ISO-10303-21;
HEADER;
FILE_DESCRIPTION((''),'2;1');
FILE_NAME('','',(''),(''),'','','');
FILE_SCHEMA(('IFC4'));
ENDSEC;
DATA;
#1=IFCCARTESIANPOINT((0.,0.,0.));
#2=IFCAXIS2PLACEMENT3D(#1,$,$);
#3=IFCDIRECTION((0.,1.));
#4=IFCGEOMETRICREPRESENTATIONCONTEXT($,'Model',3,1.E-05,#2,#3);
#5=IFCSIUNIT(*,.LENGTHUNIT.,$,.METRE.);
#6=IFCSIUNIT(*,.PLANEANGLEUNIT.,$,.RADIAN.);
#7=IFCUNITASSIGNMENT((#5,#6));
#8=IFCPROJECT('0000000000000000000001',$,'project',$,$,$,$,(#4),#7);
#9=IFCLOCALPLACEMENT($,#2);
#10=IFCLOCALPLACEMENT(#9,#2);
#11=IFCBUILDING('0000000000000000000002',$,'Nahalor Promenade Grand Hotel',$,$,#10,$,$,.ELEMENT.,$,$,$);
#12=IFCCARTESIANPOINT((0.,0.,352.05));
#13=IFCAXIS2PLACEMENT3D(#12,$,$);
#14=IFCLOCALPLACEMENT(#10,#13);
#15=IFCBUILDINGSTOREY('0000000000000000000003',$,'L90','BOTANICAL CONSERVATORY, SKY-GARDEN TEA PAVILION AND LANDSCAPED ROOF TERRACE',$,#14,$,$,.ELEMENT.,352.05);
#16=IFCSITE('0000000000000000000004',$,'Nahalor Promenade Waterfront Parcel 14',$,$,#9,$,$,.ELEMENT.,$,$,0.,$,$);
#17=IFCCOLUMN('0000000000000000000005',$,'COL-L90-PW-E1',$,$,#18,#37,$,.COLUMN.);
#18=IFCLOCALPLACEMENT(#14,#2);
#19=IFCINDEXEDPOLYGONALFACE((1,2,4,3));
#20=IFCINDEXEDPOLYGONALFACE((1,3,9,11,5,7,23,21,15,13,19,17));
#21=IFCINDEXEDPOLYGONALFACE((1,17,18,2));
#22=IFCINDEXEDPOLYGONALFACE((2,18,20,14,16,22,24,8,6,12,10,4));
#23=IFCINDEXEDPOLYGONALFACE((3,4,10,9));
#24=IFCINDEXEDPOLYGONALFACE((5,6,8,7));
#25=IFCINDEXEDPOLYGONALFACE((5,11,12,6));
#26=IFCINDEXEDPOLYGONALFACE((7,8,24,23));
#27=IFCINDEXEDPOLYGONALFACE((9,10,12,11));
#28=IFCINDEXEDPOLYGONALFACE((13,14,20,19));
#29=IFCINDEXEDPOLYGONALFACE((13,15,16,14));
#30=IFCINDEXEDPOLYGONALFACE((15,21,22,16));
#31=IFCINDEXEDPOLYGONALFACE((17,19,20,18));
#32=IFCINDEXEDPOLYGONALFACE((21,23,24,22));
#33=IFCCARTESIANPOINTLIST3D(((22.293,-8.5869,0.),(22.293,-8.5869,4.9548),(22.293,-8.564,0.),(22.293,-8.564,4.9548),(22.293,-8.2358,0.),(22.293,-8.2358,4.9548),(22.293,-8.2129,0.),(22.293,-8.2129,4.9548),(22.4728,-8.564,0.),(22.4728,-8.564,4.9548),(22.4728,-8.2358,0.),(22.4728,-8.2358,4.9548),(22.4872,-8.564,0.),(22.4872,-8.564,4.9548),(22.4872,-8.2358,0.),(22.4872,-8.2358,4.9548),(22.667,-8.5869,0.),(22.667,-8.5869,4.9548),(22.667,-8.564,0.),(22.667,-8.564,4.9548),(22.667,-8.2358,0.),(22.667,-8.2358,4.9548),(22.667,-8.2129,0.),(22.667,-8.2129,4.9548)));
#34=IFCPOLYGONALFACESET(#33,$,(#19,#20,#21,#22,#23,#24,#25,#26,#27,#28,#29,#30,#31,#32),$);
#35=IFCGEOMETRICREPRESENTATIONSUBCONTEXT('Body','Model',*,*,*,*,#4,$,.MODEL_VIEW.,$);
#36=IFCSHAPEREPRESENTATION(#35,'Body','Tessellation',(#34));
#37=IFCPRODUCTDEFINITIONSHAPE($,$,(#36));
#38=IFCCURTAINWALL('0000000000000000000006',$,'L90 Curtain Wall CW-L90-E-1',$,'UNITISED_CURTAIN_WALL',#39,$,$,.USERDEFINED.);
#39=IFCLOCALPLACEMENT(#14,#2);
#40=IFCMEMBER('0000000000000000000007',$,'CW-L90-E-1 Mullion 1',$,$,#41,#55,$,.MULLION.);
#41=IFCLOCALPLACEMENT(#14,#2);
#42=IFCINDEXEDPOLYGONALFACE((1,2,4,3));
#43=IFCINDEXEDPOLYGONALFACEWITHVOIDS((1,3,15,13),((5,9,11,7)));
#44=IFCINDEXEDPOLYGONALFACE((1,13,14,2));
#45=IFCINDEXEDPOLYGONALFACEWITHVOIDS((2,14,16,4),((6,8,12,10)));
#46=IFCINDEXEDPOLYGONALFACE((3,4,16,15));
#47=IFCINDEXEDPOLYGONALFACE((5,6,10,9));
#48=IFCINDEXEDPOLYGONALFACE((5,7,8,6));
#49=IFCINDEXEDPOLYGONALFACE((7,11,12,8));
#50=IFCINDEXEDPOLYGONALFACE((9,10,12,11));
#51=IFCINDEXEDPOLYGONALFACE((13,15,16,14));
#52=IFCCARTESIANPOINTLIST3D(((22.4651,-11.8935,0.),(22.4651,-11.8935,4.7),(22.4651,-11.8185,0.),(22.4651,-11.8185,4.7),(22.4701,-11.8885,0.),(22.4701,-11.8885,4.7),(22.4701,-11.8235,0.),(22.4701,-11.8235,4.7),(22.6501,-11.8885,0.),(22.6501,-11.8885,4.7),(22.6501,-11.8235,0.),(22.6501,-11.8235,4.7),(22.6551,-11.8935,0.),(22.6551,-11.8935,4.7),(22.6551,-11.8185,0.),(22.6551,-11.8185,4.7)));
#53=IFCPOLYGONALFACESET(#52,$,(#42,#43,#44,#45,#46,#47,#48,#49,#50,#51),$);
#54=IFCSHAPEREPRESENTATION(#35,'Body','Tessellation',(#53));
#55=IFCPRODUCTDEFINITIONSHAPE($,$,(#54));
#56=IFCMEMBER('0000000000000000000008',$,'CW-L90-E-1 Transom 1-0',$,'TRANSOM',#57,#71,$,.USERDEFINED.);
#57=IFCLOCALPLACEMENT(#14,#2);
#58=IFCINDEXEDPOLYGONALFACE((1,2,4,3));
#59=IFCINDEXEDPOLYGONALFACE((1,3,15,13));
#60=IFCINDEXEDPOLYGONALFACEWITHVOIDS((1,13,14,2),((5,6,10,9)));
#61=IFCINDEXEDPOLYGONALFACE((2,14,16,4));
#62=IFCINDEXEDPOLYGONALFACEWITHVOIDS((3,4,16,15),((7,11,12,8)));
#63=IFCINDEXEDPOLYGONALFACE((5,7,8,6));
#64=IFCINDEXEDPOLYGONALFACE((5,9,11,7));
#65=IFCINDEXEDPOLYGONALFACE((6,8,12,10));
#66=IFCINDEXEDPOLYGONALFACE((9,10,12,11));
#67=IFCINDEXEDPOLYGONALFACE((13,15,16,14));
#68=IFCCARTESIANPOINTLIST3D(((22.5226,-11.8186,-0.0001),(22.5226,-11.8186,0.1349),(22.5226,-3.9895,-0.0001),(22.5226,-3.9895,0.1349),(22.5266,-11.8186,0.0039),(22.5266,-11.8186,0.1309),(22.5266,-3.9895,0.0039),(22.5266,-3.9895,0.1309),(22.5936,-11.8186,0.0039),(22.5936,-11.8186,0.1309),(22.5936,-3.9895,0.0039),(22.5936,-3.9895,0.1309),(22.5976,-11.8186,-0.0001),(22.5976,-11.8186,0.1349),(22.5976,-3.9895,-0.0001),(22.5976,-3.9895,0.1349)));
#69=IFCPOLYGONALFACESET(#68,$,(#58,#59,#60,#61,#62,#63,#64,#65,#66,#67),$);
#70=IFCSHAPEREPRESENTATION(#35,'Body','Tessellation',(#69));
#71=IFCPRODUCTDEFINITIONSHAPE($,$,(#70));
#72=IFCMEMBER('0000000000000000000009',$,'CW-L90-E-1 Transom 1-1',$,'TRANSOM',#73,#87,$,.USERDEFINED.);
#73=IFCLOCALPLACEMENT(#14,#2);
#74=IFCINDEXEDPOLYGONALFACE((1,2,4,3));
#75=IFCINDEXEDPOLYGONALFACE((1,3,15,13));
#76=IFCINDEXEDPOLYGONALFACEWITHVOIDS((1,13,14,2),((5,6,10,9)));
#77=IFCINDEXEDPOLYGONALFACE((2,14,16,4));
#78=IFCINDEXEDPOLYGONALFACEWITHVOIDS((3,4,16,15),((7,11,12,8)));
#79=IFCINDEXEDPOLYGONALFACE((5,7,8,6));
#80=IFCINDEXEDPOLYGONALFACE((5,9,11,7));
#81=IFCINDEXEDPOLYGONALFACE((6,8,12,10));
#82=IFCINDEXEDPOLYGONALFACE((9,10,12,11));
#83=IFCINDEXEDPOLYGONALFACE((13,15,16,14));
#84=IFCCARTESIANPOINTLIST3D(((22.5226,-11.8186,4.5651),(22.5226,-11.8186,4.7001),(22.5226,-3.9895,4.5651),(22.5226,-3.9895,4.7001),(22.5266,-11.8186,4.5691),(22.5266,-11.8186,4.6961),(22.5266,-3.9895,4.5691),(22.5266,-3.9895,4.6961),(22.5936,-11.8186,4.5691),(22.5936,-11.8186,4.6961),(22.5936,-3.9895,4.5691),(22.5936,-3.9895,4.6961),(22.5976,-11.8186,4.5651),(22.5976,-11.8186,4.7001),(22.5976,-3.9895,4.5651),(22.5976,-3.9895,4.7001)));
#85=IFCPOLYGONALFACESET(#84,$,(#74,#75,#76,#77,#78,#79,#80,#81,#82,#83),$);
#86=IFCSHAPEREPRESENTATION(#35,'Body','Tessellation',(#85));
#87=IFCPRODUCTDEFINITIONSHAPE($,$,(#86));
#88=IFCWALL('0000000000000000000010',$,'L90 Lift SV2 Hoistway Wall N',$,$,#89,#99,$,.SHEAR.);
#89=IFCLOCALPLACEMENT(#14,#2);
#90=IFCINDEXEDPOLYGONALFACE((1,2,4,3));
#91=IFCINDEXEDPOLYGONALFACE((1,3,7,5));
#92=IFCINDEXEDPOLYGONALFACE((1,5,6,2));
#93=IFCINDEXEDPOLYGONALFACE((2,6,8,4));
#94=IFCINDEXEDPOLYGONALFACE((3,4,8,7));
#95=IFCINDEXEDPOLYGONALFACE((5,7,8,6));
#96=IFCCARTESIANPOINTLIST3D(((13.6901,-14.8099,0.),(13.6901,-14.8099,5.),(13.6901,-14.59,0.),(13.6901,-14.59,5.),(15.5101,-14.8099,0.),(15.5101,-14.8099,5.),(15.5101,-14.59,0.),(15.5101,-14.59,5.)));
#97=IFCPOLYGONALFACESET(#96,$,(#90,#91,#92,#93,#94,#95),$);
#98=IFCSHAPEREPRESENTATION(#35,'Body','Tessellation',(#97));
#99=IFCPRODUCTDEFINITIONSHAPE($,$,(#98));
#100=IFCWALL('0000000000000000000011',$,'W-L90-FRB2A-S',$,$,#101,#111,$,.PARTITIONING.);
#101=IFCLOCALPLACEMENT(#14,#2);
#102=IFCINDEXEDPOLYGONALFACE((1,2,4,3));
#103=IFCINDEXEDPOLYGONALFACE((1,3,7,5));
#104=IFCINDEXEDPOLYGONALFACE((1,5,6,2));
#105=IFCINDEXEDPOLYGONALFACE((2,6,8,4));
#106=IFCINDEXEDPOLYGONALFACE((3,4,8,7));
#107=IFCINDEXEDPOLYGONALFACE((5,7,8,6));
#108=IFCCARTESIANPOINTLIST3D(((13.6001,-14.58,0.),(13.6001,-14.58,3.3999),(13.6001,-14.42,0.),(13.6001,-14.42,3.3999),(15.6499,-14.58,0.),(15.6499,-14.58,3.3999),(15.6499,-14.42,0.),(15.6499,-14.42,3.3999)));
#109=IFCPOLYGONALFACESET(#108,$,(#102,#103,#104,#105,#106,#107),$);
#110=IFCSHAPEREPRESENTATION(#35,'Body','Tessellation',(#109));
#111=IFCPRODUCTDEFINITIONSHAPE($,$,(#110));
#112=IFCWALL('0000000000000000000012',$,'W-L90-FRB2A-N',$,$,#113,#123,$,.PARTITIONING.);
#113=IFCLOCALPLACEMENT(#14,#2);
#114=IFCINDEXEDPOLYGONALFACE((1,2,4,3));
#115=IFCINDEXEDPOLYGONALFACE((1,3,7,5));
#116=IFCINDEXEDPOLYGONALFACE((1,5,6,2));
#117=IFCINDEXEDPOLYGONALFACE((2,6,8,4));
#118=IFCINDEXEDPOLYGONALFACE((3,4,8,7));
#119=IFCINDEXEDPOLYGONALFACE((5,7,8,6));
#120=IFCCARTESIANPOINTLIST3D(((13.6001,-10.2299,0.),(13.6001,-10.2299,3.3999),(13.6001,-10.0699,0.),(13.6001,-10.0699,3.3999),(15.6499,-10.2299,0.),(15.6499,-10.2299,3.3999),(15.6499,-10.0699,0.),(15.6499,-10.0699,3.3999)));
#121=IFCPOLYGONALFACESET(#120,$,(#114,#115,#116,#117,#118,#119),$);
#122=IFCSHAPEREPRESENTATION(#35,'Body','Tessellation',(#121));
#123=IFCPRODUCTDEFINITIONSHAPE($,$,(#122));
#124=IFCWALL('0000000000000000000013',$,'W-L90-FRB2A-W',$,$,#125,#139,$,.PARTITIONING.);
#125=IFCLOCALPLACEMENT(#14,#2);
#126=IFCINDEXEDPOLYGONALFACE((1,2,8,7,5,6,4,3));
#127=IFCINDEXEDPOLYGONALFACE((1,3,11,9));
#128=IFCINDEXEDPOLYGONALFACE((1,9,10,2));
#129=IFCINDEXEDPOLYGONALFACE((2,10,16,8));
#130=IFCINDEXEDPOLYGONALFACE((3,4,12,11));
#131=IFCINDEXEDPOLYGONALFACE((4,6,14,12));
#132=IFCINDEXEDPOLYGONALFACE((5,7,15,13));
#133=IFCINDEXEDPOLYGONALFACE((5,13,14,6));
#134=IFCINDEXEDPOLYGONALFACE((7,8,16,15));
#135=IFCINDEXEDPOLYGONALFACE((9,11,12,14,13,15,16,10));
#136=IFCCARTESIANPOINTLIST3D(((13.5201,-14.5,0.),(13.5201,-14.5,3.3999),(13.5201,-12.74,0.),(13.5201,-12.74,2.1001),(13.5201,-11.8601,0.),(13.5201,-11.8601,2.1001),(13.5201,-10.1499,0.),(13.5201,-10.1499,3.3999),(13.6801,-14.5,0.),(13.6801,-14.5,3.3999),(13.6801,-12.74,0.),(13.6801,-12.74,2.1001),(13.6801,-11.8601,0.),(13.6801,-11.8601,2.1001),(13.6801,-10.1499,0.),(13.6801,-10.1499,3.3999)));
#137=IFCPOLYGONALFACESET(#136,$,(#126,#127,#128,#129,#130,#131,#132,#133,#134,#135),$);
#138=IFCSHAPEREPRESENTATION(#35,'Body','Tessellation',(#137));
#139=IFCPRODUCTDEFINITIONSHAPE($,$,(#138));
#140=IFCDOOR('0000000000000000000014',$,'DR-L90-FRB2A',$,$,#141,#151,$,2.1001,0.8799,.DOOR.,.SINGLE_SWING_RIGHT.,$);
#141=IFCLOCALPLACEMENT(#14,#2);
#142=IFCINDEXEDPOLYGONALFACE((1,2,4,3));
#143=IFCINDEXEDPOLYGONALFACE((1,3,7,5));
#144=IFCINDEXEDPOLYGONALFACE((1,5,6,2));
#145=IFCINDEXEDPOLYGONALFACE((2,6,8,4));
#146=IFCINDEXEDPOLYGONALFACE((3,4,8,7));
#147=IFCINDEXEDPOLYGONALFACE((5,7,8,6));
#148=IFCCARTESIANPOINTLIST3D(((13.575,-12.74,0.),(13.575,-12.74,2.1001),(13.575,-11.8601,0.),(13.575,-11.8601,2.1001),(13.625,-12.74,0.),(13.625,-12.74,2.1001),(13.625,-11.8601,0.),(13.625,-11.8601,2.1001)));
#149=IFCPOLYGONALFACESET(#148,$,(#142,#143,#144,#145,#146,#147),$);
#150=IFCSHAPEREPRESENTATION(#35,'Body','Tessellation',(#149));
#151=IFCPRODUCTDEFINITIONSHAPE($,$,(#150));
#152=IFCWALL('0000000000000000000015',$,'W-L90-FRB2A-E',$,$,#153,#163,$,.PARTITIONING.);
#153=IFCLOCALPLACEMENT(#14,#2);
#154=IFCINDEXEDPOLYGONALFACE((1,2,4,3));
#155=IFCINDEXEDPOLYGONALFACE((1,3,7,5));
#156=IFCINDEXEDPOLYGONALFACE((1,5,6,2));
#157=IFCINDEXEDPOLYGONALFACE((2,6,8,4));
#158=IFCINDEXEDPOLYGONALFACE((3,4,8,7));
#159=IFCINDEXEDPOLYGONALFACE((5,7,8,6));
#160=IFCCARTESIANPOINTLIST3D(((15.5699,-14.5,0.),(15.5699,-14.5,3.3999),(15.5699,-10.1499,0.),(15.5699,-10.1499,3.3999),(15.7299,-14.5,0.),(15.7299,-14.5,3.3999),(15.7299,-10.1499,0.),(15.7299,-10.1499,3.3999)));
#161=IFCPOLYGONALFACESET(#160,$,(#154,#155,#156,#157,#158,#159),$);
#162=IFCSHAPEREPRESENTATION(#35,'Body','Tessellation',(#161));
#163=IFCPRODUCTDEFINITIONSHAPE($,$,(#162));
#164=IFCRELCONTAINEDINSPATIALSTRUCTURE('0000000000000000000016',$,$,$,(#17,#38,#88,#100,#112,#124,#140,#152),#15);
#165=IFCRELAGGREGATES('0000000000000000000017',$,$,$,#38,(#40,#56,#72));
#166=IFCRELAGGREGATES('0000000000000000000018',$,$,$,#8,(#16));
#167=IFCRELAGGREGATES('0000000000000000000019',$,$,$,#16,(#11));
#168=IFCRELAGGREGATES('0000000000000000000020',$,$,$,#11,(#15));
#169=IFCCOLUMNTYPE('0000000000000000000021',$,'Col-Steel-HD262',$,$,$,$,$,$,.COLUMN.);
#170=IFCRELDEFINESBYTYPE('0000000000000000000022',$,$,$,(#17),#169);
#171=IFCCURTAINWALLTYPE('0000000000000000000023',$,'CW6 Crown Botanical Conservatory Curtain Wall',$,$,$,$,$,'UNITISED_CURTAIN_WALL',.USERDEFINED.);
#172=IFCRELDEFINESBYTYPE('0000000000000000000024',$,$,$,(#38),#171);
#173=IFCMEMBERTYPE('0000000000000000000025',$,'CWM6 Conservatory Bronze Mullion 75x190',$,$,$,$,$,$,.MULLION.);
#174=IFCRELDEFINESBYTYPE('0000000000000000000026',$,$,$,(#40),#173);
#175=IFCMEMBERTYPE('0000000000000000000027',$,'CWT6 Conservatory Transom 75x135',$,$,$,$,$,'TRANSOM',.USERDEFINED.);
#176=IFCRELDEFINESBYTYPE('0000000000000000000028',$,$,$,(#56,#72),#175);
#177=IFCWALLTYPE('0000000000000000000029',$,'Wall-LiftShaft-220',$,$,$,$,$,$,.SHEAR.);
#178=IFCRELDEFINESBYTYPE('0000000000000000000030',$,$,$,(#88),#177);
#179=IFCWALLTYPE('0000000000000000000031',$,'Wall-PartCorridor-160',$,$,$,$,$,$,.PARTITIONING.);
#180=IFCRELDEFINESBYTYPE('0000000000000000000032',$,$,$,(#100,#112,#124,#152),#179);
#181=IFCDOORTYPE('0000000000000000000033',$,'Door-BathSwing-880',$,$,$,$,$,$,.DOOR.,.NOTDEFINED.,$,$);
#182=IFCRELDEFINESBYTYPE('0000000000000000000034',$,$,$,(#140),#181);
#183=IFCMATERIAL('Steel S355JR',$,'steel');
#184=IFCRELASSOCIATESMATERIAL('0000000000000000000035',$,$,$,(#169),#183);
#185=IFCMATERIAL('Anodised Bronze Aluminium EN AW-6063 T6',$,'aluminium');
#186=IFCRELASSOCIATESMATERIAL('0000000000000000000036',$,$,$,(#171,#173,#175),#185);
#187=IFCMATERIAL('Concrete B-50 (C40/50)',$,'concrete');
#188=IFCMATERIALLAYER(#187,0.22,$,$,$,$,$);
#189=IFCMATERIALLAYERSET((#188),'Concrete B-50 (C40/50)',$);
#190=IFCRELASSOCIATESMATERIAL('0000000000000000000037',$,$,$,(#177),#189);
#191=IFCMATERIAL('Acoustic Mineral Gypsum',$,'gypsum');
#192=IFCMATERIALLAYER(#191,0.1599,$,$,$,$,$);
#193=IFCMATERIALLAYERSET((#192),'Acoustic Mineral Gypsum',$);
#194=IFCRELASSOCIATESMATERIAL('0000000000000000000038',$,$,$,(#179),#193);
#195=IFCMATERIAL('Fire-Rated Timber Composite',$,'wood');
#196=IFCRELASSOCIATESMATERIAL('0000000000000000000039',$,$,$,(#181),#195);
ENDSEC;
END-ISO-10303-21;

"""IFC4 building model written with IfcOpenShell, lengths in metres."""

from ifc_helpers import new_model, si_unit, direction, frame, frame_2d, origin, origin_2d, place, context, subcontext, project, spatial, rectangle, hollow_rectangle, i_section, extrude, source, transform, mapped, material, layer, layer_set, material_profile, profile_set, type_object, element, fill, aggregate, save


model = new_model("IFC4")

# Units and contexts
model_context = context("Model", 3, precision=1e-05, world=origin(), true_north=direction((0.0, 1.0)))
body_context = subcontext(model_context, "Body", "Model", "MODEL_VIEW")
ifc_project = project(units=[si_unit("LENGTHUNIT", "METRE"), si_unit("PLANEANGLEUNIT", "RADIAN")], contexts=[model_context])

# Site, building, storey
site_placement = place(None, origin())
site = spatial("IfcSite", under=ifc_project, at=site_placement, Name="Nahalor Promenade Waterfront Parcel 14", CompositionType="ELEMENT", RefElevation=0.0)
building_placement = place(site_placement, origin())
building = spatial("IfcBuilding", under=site, at=building_placement, Name="Nahalor Promenade Grand Hotel", CompositionType="ELEMENT")
storey_placement = place(building_placement, frame((0.0, 0.0, 352.05)))
storey = spatial("IfcBuildingStorey", under=building, at=storey_placement, Name="L90", Description="BOTANICAL CONSERVATORY, SKY-GARDEN TEA PAVILION AND LANDSCAPED ROOF TERRACE", CompositionType="ELEMENT", Elevation=352.05)

# Column
ifc_material_1 = material(Name="Steel S355JR", Category="steel")
ifc_material_profile_1 = material_profile(ifc_material_1, i_section(OverallWidth=0.374, OverallDepth=0.374, WebThickness=0.0144, FlangeThickness=0.0229, at=origin_2d()), Name="HD 360x262")
ifc_profile_set_1 = profile_set([ifc_material_profile_1], Name="Steel S355JR")
column_type = type_object("IfcColumnType", Name="Col-Steel-HD262", PredefinedType="COLUMN", material=ifc_profile_set_1)
shared_shape_1 = source(origin(), body_context, "Body", "SweptSolid", [
    extrude(i_section(OverallWidth=0.374, OverallDepth=0.374, WebThickness=0.0144, FlangeThickness=0.0229, at=origin_2d()), origin(), (0.0, 0.0, 1.0), 4.9548),
])
column_placement = place(storey_placement, frame((22.48, -8.3999, 0.0), z_axis=(0.0, 0.0, 1.0), x_axis=(1.0, 0.0, 0.0)))
element("IfcColumn", 1, at=column_placement, inside=storey, type_object=column_type, Name="COL-L90-PW-E1", PredefinedType="COLUMN", context=body_context, shape_type="MappedRepresentation", body=[
    mapped(shared_shape_1, transform((0.0, 0.0, 0.0), scale=1.0)),
])

# Curtain wall, members
ifc_material_2 = material(Name="Anodised Bronze Aluminium EN AW-6063 T6", Category="aluminium")
curtain_wall_type = type_object("IfcCurtainWallType", Name="CW6 Crown Botanical Conservatory Curtain Wall", ElementType="UNITISED_CURTAIN_WALL", PredefinedType="USERDEFINED", material=ifc_material_2)
curtain_wall_placement = place(storey_placement, origin())
curtain_wall = element("IfcCurtainWall", 2, at=curtain_wall_placement, inside=storey, type_object=curtain_wall_type, Name="L90 Curtain Wall CW-L90-E-1", ObjectType="UNITISED_CURTAIN_WALL", PredefinedType="USERDEFINED")
ifc_material_profile_2 = material_profile(ifc_material_2, hollow_rectangle(XDim=0.075, YDim=0.19, WallThickness=0.005, at=origin_2d()), Name="CWM 75x190x5")
ifc_profile_set_2 = profile_set([ifc_material_profile_2], Name="Anodised Bronze Aluminium EN AW-6063 T6")
member_type_1 = type_object("IfcMemberType", Name="CWM6 Conservatory Bronze Mullion 75x190", PredefinedType="MULLION", material=ifc_profile_set_2)
shared_shape_2 = source(origin(), body_context, "Body", "SweptSolid", [
    extrude(hollow_rectangle(XDim=0.075, YDim=0.19, WallThickness=0.005, at=origin_2d()), origin(), (0.0, 0.0, 1.0), 4.7),
])
member_1_placement = place(storey_placement, frame((22.5601, -11.856, 0.0), z_axis=(0.0, 0.0, 1.0), x_axis=(0.0, 1.0, 0.0)))
member_1 = element("IfcMember", 3, at=member_1_placement, type_object=member_type_1, Name="CW-L90-E-1 Mullion 1", PredefinedType="MULLION", context=body_context, shape_type="MappedRepresentation", body=[
    mapped(shared_shape_2, transform((0.0, 0.0, 0.0), scale=1.0)),
])
ifc_material_profile_3 = material_profile(ifc_material_2, hollow_rectangle(XDim=0.075, YDim=0.135, WallThickness=0.004, at=origin_2d()), Name="CWT 75x135x4")
ifc_profile_set_3 = profile_set([ifc_material_profile_3], Name="Anodised Bronze Aluminium EN AW-6063 T6")
member_type_2 = type_object("IfcMemberType", Name="CWT6 Conservatory Transom 75x135", ElementType="TRANSOM", PredefinedType="USERDEFINED", material=ifc_profile_set_3)
shared_shape_3 = source(origin(), body_context, "Body", "SweptSolid", [
    extrude(hollow_rectangle(XDim=0.075, YDim=0.135, WallThickness=0.004, at=origin_2d()), origin(), (0.0, 0.0, 1.0), 7.8291),
])
member_2_placement = place(storey_placement, frame((22.5601, -11.8186, 0.0674), z_axis=(0.0, 1.0, 0.0), x_axis=(-1.0, 0.0, 0.0)))
member_2 = element("IfcMember", 4, at=member_2_placement, type_object=member_type_2, Name="CW-L90-E-1 Transom 1-0", ObjectType="TRANSOM", PredefinedType="USERDEFINED", context=body_context, shape_type="MappedRepresentation", body=[
    mapped(shared_shape_3, transform((0.0, 0.0, 0.0), scale=1.0)),
])
member_3_placement = place(storey_placement, frame((22.5601, -11.8186, 4.6326), z_axis=(0.0, 1.0, 0.0), x_axis=(-1.0, 0.0, 0.0)))
member_3 = element("IfcMember", 5, at=member_3_placement, type_object=member_type_2, Name="CW-L90-E-1 Transom 1-1", ObjectType="TRANSOM", PredefinedType="USERDEFINED", context=body_context, shape_type="MappedRepresentation", body=[
    mapped(shared_shape_3, transform((0.0, 0.0, 0.0), scale=1.0)),
])
aggregate(curtain_wall, [member_1, member_2, member_3])

# Walls
ifc_material_3 = material(Name="Concrete B-50 (C40/50)", Category="concrete")
ifc_layer_1 = layer(ifc_material_3, 0.22)
ifc_layer_set_1 = layer_set([ifc_layer_1], Name="Concrete B-50 (C40/50)")
wall_type_1 = type_object("IfcWallType", Name="Wall-LiftShaft-220", PredefinedType="SHEAR", material=ifc_layer_set_1)
shared_shape_4 = source(origin(), body_context, "Body", "SweptSolid", [
    extrude(rectangle(XDim=1.8201, YDim=0.22, at=frame_2d((0.9102, 0.0))), origin(), (0.0, 0.0, 1.0), 5.0),
])
wall_1_placement = place(storey_placement, frame((13.6899, -14.7, 0.0), z_axis=(0.0, 0.0, 1.0), x_axis=(1.0, 0.0, 0.0)))
element("IfcWall", 6, at=wall_1_placement, inside=storey, type_object=wall_type_1, Name="L90 Lift SV2 Hoistway Wall N", PredefinedType="SHEAR", context=body_context, shape_type="MappedRepresentation", body=[
    mapped(shared_shape_4, transform((0.0, 0.0, 0.0), scale=1.0)),
])
ifc_material_4 = material(Name="Acoustic Mineral Gypsum", Category="gypsum")
ifc_layer_2 = layer(ifc_material_4, 0.1599)
ifc_layer_set_2 = layer_set([ifc_layer_2], Name="Acoustic Mineral Gypsum")
wall_type_2 = type_object("IfcWallType", Name="Wall-PartCorridor-160", PredefinedType="PARTITIONING", material=ifc_layer_set_2)
shared_shape_5 = source(origin(), body_context, "Body", "SweptSolid", [
    extrude(rectangle(XDim=2.0498, YDim=0.1599, at=frame_2d((1.0249, 0.0))), origin(), (0.0, 0.0, 1.0), 3.3999),
])
for number, where, z_axis, x_axis, name in (
    (7, (13.6001, -14.5, 0.0), (0.0, 0.0, 1.0), (1.0, 0.0, 0.0), "W-L90-FRB2A-S"),
    (8, (13.6001, -10.1499, 0.0), (0.0, 0.0, 1.0), (1.0, 0.0, 0.0), "W-L90-FRB2A-N"),
):
    element("IfcWall", number, at=place(storey_placement, frame(where, z_axis=z_axis, x_axis=x_axis)), inside=storey, type_object=wall_type_2, Name=name, PredefinedType="PARTITIONING", context=body_context, shape_type="MappedRepresentation", body=[
        mapped(shared_shape_5, transform((0.0, 0.0, 0.0), scale=1.0)),
    ])

# Wall, opening, door
shared_shape_6 = source(origin(), body_context, "Body", "SweptSolid", [
    extrude(rectangle(XDim=4.3501, YDim=0.1599, at=frame_2d((2.175, 0.0))), origin(), (0.0, 0.0, 1.0), 3.3999),
])
wall_2_placement = place(storey_placement, frame((13.6001, -14.5, 0.0), z_axis=(0.0, 0.0, 1.0), x_axis=(0.0, 1.0, 0.0)))
wall_2 = element("IfcWall", 9, at=wall_2_placement, inside=storey, type_object=wall_type_2, Name="W-L90-FRB2A-W", PredefinedType="PARTITIONING", context=body_context, shape_type="MappedRepresentation", body=[
    mapped(shared_shape_6, transform((0.0, 0.0, 0.0), scale=1.0)),
])
opening_1_placement = place(wall_2_placement, frame((1.76, 0.0, 0.0)))
opening_1 = element("IfcOpeningElement", 10, at=opening_1_placement, cuts=wall_2, PredefinedType="OPENING", context=body_context, shape_type="SweptSolid", body=[
    extrude(rectangle(XDim=0.8799, YDim=2.1001, at=frame_2d((0.4399, 1.05))), frame((0.0, 0.0898, 0.0), z_axis=(0.0, -1.0, 0.0), x_axis=(1.0, 0.0, 0.0)), (0.0, 0.0, 1.0), 0.1799),
])
ifc_material_5 = material(Name="Fire-Rated Timber Composite", Category="wood")
door_type = type_object("IfcDoorType", Name="Door-BathSwing-880", OperationType="NOTDEFINED", PredefinedType="DOOR", material=ifc_material_5)
shared_shape_7 = source(origin(), body_context, "Body", "SweptSolid", [
    extrude(rectangle(XDim=0.8799, YDim=2.1001, at=frame_2d((0.4399, 1.05))), frame((0.0, 0.0249, 0.0), z_axis=(0.0, -1.0, 0.0), x_axis=(1.0, 0.0, 0.0)), (0.0, 0.0, 1.0), 0.05),
])
door_1_placement = place(opening_1_placement, frame((0.8799, 0.0, 0.0), z_axis=(0.0, 0.0, 1.0), x_axis=(-1.0, 0.0, 0.0)))
door_1 = element("IfcDoor", 11, at=door_1_placement, inside=storey, type_object=door_type, Name="DR-L90-FRB2A", OperationType="SINGLE_SWING_RIGHT", OverallHeight=2.1001, OverallWidth=0.8799, PredefinedType="DOOR", context=body_context, shape_type="MappedRepresentation", body=[
    mapped(shared_shape_7, transform((0.0, 0.0, 0.0), scale=1.0)),
])
fill(opening_1, door_1)

# Wall
wall_3_placement = place(storey_placement, frame((15.6499, -14.5, 0.0), z_axis=(0.0, 0.0, 1.0), x_axis=(0.0, 1.0, 0.0)))
element("IfcWall", 12, at=wall_3_placement, inside=storey, type_object=wall_type_2, Name="W-L90-FRB2A-E", PredefinedType="PARTITIONING", context=body_context, shape_type="MappedRepresentation", body=[
    mapped(shared_shape_6, transform((0.0, 0.0, 0.0), scale=1.0)),
])

save(model, "model.ifc")
